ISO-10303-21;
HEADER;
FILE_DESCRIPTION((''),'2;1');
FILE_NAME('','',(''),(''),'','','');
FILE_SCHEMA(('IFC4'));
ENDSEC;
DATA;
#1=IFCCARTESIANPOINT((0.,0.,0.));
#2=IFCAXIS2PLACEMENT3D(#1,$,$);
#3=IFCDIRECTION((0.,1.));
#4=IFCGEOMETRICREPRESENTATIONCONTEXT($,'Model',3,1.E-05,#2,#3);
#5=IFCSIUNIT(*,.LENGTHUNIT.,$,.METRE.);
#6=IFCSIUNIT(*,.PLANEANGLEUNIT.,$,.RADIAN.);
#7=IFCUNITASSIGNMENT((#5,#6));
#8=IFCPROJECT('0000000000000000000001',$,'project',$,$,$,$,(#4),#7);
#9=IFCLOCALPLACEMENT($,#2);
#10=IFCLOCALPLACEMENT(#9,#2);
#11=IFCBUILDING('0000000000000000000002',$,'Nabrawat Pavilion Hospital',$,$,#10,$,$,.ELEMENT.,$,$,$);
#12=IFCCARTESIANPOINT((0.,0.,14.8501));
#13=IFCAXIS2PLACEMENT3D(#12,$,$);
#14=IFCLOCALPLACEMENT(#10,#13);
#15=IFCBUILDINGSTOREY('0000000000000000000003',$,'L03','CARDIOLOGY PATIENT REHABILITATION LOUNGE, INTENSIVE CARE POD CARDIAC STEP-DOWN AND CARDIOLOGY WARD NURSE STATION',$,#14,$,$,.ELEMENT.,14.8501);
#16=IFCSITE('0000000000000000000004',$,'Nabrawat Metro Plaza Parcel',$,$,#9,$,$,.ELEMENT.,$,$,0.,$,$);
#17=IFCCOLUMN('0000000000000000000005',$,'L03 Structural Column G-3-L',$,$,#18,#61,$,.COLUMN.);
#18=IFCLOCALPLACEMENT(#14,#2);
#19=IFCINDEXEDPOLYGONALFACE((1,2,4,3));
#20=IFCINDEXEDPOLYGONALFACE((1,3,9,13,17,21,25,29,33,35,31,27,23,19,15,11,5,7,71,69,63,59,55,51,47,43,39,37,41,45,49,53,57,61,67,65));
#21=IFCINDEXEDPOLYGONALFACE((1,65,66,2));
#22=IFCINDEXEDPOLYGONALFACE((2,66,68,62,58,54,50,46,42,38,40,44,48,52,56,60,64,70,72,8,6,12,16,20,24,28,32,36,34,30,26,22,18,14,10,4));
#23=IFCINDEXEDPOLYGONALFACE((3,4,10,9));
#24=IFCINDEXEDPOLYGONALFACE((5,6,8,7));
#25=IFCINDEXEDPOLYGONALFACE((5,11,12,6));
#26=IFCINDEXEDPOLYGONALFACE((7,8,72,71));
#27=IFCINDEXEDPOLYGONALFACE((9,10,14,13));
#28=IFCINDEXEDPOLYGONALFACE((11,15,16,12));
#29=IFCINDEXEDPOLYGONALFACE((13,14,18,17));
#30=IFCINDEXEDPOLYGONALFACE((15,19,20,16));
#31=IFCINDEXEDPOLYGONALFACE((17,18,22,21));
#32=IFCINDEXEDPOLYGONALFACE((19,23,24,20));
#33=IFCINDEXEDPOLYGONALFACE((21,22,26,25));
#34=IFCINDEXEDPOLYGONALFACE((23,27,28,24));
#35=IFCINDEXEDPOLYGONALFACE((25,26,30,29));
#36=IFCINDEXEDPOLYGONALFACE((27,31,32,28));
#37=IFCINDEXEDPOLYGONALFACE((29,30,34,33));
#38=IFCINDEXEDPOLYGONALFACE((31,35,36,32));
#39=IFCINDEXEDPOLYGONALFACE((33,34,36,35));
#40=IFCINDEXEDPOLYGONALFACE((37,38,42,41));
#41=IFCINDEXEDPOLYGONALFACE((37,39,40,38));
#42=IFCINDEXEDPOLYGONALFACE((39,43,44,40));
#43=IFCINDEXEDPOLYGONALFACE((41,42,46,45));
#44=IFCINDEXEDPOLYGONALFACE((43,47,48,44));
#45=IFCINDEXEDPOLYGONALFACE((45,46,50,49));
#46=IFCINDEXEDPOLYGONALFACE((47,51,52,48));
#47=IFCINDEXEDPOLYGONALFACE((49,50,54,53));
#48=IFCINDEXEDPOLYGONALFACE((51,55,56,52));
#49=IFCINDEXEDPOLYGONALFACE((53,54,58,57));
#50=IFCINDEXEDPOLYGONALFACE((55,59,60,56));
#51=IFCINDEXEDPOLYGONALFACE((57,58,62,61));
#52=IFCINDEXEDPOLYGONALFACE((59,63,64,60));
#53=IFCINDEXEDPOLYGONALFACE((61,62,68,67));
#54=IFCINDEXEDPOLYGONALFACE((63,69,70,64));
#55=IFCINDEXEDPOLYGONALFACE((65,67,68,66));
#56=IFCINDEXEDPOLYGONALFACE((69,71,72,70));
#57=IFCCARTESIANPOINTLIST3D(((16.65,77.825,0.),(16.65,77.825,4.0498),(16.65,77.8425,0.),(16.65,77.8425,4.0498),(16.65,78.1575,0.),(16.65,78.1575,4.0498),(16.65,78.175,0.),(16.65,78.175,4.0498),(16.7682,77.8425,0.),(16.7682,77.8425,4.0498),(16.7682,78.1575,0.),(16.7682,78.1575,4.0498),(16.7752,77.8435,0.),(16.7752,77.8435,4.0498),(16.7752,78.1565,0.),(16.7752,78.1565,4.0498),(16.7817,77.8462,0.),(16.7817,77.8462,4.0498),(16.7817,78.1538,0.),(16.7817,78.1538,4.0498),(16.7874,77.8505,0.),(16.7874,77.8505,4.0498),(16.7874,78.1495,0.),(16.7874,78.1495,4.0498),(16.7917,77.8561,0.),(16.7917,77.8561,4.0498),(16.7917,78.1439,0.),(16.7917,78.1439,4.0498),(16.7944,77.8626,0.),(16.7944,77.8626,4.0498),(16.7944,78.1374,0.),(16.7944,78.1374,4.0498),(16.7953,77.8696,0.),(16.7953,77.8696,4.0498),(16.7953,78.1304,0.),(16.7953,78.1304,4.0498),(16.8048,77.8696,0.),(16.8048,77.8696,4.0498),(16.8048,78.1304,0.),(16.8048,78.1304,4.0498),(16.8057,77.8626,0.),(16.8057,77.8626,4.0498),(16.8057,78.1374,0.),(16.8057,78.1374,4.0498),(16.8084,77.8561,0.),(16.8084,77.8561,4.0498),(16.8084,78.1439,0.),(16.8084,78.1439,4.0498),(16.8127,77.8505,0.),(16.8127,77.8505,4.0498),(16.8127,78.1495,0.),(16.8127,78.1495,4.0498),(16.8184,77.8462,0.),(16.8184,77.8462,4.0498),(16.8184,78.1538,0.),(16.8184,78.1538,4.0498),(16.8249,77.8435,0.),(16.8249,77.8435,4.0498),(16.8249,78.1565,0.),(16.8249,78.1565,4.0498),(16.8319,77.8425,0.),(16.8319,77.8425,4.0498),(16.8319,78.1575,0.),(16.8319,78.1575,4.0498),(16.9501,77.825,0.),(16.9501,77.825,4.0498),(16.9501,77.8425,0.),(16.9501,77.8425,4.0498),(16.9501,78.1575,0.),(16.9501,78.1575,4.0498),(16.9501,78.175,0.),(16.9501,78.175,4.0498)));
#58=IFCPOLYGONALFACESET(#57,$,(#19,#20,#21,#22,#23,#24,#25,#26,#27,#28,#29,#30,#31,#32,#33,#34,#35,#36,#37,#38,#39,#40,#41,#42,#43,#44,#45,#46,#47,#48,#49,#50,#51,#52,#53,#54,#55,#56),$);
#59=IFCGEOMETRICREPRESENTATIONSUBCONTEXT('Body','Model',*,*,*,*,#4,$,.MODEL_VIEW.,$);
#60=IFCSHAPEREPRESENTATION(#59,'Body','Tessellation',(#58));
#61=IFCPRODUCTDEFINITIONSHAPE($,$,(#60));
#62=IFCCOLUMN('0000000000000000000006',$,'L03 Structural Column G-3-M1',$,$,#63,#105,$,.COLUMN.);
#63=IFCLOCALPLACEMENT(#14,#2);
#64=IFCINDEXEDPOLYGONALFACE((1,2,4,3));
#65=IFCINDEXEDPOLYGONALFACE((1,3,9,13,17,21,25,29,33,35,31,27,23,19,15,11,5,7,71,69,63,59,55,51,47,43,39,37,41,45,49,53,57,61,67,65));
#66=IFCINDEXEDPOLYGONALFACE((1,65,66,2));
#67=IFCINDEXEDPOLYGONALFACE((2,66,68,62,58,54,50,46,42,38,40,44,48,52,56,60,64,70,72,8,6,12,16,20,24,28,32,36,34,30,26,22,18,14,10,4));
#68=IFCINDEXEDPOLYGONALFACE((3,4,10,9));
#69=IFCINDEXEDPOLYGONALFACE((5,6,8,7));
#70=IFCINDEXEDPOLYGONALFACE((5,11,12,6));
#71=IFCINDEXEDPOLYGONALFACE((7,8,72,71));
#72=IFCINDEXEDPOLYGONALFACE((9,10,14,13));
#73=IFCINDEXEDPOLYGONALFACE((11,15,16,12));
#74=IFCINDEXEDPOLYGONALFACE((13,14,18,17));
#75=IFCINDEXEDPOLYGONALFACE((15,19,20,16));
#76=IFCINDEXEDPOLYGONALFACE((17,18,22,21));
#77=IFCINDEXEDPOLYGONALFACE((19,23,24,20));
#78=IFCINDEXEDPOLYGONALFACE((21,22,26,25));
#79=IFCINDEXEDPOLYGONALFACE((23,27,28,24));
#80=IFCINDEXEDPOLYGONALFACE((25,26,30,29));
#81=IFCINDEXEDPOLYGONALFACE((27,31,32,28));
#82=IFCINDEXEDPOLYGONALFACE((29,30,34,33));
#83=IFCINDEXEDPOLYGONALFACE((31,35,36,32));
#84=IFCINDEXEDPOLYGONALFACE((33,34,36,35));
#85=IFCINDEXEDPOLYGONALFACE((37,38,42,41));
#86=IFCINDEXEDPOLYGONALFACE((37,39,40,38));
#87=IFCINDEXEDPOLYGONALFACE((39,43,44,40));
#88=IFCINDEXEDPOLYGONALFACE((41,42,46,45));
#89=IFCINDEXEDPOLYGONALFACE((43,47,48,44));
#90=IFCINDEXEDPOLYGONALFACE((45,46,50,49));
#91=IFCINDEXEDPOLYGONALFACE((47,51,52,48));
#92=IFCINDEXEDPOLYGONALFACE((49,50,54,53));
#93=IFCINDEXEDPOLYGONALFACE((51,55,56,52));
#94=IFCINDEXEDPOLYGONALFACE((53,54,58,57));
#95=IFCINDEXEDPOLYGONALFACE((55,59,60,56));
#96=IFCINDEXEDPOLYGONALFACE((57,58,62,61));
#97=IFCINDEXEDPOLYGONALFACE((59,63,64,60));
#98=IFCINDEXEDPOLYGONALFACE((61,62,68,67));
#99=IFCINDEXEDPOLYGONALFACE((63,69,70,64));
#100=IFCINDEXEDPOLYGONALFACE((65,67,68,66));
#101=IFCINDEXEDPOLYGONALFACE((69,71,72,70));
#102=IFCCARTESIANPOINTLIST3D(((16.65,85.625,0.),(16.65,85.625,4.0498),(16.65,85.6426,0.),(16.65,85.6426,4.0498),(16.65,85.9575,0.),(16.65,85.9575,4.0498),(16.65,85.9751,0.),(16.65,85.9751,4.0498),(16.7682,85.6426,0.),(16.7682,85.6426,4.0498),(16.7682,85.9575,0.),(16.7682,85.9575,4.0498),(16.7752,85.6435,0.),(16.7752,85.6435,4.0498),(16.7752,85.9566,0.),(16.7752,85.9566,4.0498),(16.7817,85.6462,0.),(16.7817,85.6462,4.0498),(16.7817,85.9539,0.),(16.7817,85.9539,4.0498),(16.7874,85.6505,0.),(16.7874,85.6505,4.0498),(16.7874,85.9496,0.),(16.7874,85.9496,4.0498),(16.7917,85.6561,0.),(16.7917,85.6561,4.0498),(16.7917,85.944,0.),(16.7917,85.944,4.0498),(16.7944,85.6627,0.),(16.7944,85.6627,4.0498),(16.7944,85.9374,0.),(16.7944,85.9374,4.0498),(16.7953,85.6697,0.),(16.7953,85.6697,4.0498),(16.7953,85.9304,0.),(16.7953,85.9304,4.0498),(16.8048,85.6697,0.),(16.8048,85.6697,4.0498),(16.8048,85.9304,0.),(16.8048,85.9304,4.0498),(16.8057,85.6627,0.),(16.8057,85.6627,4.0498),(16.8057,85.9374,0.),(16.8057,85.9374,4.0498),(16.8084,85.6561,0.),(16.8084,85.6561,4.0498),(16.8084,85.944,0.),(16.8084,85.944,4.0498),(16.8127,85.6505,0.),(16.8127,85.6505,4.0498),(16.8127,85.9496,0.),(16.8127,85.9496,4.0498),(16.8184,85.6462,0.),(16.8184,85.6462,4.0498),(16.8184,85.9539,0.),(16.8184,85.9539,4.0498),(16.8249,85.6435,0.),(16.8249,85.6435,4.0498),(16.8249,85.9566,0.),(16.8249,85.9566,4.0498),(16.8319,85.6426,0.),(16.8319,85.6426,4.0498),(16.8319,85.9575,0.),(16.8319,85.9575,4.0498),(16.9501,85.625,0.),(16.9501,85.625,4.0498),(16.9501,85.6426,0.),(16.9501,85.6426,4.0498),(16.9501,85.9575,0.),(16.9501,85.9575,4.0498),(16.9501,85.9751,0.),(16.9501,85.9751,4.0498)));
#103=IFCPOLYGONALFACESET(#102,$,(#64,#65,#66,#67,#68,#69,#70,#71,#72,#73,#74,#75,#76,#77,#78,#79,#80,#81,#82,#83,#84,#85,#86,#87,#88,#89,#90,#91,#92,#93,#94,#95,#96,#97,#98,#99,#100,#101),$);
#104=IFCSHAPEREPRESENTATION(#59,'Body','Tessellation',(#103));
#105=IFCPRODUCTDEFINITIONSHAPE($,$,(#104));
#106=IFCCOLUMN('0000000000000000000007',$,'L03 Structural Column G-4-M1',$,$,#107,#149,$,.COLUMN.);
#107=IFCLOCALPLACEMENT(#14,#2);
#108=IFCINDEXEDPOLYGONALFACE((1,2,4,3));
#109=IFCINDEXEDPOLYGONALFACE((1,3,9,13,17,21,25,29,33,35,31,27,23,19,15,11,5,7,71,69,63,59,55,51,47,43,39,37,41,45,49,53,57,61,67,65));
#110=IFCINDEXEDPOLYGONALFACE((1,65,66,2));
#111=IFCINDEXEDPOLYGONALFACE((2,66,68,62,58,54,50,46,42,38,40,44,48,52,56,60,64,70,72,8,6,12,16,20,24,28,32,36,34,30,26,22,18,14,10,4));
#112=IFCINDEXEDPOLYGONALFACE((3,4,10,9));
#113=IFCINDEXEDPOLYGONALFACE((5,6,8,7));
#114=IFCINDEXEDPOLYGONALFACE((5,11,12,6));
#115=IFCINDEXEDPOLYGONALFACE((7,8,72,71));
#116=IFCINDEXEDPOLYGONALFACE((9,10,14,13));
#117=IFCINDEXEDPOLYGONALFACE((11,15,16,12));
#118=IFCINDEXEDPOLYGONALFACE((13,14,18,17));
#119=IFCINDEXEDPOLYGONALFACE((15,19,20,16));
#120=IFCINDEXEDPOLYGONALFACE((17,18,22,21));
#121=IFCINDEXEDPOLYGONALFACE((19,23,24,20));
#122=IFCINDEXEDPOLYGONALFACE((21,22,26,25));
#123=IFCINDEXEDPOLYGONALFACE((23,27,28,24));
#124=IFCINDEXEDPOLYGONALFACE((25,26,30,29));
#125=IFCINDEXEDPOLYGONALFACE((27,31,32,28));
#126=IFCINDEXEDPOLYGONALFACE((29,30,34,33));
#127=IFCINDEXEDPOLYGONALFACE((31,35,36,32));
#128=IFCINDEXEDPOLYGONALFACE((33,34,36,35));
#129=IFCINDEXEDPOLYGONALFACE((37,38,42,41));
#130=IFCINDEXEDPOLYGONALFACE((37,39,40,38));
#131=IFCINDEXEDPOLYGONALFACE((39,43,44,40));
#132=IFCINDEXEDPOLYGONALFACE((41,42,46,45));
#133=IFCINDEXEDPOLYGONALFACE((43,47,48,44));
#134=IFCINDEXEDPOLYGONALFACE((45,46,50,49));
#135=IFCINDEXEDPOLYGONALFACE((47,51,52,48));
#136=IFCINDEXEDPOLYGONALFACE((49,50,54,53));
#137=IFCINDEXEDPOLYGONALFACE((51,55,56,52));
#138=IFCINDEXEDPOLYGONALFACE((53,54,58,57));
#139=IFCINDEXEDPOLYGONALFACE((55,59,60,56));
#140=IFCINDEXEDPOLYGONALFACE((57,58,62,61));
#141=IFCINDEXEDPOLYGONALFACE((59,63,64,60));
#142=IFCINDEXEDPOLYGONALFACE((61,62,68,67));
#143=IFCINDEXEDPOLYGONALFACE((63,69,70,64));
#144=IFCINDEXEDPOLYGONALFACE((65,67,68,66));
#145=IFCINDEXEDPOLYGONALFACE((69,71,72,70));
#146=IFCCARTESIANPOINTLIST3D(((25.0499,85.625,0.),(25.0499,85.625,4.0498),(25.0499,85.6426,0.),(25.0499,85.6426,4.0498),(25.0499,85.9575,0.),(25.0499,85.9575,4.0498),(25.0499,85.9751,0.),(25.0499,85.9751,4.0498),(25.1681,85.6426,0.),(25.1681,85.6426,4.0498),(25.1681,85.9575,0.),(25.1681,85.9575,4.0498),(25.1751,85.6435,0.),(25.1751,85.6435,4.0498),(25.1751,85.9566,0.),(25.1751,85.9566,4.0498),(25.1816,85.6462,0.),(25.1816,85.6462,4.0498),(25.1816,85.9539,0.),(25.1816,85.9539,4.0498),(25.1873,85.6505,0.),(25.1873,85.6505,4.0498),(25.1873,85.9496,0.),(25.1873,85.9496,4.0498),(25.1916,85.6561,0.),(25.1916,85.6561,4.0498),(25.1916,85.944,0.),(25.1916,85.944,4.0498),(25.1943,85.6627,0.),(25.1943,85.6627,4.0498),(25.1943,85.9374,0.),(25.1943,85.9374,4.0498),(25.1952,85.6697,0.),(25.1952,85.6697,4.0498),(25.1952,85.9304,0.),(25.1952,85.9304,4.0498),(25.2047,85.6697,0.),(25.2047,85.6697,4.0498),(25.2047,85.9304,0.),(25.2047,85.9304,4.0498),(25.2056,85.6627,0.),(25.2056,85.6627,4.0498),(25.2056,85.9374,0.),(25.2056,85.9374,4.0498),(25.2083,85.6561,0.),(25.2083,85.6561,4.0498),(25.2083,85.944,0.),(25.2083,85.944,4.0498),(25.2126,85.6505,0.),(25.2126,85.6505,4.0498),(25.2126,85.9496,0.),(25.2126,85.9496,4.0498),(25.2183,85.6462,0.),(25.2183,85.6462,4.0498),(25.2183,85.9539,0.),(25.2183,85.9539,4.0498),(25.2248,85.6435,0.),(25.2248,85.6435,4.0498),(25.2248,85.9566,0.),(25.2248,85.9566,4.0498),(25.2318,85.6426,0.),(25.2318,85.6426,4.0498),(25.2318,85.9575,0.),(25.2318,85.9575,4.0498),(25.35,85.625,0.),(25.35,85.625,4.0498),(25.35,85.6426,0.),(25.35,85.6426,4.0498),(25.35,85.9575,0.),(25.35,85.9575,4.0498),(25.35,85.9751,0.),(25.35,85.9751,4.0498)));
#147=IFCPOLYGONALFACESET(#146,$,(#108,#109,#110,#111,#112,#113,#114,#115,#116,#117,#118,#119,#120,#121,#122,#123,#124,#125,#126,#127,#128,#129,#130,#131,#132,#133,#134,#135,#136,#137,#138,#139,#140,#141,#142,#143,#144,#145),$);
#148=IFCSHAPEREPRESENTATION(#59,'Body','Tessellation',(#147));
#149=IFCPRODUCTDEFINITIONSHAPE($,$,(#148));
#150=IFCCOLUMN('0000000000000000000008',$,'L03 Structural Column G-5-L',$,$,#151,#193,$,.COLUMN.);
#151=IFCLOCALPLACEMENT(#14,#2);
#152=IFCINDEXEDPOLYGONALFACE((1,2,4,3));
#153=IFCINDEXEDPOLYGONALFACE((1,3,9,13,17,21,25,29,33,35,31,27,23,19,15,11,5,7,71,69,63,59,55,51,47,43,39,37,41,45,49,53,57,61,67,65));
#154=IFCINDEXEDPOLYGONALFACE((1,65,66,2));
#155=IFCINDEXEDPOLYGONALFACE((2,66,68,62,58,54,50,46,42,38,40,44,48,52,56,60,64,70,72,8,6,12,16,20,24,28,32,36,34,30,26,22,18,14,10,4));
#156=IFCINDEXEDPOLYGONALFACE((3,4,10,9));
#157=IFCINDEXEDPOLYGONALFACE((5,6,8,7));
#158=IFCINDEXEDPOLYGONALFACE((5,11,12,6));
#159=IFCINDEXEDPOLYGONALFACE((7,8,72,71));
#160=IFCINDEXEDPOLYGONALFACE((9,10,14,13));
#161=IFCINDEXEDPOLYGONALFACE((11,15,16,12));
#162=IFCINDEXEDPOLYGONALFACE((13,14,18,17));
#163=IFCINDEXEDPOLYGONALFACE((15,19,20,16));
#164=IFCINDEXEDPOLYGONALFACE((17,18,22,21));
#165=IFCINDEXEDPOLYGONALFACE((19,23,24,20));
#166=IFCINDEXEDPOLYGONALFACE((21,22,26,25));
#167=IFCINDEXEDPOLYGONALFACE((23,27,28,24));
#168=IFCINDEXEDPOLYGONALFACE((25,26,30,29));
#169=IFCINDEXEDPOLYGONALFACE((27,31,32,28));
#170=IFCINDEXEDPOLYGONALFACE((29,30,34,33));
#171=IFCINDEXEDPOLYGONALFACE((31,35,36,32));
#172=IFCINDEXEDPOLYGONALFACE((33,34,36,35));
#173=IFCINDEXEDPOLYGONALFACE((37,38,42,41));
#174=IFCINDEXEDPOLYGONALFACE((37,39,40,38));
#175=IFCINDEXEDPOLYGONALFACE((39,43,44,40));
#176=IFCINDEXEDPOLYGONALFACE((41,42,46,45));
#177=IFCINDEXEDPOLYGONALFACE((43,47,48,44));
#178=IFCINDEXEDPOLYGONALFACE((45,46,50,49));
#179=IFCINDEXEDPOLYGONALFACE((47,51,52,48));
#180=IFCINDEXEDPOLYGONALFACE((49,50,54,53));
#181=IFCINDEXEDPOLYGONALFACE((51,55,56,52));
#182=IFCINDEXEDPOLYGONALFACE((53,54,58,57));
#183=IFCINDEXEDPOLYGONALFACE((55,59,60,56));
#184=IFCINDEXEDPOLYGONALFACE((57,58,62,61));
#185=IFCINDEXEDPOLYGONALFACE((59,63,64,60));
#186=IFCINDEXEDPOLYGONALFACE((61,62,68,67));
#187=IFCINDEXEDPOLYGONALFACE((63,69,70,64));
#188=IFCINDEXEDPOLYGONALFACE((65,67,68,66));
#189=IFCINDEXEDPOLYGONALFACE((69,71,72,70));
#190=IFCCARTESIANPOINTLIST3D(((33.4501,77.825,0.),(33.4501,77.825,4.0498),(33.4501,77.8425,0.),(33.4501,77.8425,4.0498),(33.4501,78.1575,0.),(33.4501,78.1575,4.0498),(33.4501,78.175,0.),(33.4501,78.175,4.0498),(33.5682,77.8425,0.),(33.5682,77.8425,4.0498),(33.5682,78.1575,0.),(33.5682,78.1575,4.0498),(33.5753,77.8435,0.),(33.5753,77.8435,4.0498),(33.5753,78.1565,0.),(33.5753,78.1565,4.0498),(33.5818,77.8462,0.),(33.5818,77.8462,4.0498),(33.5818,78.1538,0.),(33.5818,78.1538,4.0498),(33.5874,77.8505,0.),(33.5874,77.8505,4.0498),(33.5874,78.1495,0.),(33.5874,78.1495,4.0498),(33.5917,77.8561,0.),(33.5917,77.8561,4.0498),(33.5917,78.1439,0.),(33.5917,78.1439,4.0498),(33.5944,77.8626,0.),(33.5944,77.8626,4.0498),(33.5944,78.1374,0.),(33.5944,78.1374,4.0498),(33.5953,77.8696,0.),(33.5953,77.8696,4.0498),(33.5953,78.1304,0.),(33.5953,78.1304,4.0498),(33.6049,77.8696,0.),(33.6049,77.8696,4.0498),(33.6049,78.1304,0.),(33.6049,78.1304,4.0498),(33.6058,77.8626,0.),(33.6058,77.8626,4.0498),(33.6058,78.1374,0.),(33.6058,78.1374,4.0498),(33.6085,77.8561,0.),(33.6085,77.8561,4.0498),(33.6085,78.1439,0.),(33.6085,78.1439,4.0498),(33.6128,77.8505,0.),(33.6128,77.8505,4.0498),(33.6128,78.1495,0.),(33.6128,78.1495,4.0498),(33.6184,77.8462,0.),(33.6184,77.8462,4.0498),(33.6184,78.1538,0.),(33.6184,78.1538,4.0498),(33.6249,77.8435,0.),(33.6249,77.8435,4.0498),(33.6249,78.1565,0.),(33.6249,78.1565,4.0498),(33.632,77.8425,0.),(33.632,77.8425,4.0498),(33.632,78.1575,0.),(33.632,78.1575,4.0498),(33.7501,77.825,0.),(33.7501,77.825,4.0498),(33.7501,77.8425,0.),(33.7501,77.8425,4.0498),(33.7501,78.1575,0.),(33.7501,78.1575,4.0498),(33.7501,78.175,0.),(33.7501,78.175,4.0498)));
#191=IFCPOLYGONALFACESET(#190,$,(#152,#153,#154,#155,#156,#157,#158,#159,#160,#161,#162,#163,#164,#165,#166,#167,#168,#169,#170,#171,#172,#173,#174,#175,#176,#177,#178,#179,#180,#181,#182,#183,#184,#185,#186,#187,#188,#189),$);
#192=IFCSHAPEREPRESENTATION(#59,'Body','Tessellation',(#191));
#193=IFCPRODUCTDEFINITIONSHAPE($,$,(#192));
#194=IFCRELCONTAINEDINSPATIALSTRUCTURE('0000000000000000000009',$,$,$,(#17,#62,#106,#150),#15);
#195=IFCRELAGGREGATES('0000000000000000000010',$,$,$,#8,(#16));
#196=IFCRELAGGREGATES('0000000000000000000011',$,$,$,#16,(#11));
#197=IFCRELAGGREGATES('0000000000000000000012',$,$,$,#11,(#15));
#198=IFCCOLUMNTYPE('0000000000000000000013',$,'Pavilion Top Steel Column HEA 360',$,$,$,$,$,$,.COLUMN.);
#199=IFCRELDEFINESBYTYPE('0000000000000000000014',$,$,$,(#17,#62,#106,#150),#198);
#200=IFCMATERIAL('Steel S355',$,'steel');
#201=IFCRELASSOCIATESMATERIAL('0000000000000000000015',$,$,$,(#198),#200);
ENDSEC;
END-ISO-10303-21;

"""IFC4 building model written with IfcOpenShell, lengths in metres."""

from ifc_helpers import new_model, si_unit, direction, frame, origin, origin_2d, place, context, subcontext, project, spatial, i_section, extrude, material, material_profile, profile_set, type_object, element, save


model = new_model("IFC4")

# Units and contexts
model_context = context("Model", 3, precision=1e-05, world=origin(), true_north=direction((0.0, 1.0)))
body_context = subcontext(model_context, "Body", "Model", "MODEL_VIEW")
ifc_project = project(units=[si_unit("LENGTHUNIT", "METRE"), si_unit("PLANEANGLEUNIT", "RADIAN")], contexts=[model_context])

# Site, building, storey
site_placement = place(None, origin())
site = spatial("IfcSite", under=ifc_project, at=site_placement, Name="Nabrawat Metro Plaza Parcel", CompositionType="ELEMENT", RefElevation=0.0)
building_placement = place(site_placement, origin())
building = spatial("IfcBuilding", under=site, at=building_placement, Name="Nabrawat Pavilion Hospital", CompositionType="ELEMENT")
storey_placement = place(building_placement, frame((0.0, 0.0, 14.8501)))
storey = spatial("IfcBuildingStorey", under=building, at=storey_placement, Name="L03", Description="CARDIOLOGY PATIENT REHABILITATION LOUNGE, INTENSIVE CARE POD CARDIAC STEP-DOWN AND CARDIOLOGY WARD NURSE STATION", CompositionType="ELEMENT", Elevation=14.8501)

# Columns
ifc_material_1 = material(Name="Steel S355", Category="steel")
ifc_material_profile_1 = material_profile(ifc_material_1, i_section(OverallWidth=0.3, OverallDepth=0.3501, WebThickness=0.0095, FlangeThickness=0.0176, FilletRadius=0.0271, at=origin_2d()), Name="HEA 360")
ifc_profile_set_1 = profile_set([ifc_material_profile_1], Name="Steel S355")
column_type = type_object("IfcColumnType", Name="Pavilion Top Steel Column HEA 360", PredefinedType="COLUMN", material=ifc_profile_set_1)
for number, where, z_axis, x_axis, name in (
    (1, (16.8, 78.0, 0.0), (0.0, 0.0, 1.0), (1.0, 0.0, 0.0), "L03 Structural Column G-3-L"),
    (2, (16.8, 85.8, 0.0), (0.0, 0.0, 1.0), (1.0, 0.0, 0.0), "L03 Structural Column G-3-M1"),
    (3, (25.2, 85.8, 0.0), (0.0, 0.0, 1.0), (1.0, 0.0, 0.0), "L03 Structural Column G-4-M1"),
    (4, (33.6001, 78.0, 0.0), (0.0, 0.0, 1.0), (1.0, 0.0, 0.0), "L03 Structural Column G-5-L"),
):
    element("IfcColumn", number, at=place(storey_placement, frame(where, z_axis=z_axis, x_axis=x_axis)), inside=storey, type_object=column_type, Name=name, PredefinedType="COLUMN", context=body_context, shape_type="SweptSolid", body=[
        extrude(i_section(OverallWidth=0.3, OverallDepth=0.3501, WebThickness=0.0095, FlangeThickness=0.0176, FilletRadius=0.0271, at=origin_2d()), origin(), (0.0, 0.0, 1.0), 4.0498),
    ])

save(model, "model.ifc")
